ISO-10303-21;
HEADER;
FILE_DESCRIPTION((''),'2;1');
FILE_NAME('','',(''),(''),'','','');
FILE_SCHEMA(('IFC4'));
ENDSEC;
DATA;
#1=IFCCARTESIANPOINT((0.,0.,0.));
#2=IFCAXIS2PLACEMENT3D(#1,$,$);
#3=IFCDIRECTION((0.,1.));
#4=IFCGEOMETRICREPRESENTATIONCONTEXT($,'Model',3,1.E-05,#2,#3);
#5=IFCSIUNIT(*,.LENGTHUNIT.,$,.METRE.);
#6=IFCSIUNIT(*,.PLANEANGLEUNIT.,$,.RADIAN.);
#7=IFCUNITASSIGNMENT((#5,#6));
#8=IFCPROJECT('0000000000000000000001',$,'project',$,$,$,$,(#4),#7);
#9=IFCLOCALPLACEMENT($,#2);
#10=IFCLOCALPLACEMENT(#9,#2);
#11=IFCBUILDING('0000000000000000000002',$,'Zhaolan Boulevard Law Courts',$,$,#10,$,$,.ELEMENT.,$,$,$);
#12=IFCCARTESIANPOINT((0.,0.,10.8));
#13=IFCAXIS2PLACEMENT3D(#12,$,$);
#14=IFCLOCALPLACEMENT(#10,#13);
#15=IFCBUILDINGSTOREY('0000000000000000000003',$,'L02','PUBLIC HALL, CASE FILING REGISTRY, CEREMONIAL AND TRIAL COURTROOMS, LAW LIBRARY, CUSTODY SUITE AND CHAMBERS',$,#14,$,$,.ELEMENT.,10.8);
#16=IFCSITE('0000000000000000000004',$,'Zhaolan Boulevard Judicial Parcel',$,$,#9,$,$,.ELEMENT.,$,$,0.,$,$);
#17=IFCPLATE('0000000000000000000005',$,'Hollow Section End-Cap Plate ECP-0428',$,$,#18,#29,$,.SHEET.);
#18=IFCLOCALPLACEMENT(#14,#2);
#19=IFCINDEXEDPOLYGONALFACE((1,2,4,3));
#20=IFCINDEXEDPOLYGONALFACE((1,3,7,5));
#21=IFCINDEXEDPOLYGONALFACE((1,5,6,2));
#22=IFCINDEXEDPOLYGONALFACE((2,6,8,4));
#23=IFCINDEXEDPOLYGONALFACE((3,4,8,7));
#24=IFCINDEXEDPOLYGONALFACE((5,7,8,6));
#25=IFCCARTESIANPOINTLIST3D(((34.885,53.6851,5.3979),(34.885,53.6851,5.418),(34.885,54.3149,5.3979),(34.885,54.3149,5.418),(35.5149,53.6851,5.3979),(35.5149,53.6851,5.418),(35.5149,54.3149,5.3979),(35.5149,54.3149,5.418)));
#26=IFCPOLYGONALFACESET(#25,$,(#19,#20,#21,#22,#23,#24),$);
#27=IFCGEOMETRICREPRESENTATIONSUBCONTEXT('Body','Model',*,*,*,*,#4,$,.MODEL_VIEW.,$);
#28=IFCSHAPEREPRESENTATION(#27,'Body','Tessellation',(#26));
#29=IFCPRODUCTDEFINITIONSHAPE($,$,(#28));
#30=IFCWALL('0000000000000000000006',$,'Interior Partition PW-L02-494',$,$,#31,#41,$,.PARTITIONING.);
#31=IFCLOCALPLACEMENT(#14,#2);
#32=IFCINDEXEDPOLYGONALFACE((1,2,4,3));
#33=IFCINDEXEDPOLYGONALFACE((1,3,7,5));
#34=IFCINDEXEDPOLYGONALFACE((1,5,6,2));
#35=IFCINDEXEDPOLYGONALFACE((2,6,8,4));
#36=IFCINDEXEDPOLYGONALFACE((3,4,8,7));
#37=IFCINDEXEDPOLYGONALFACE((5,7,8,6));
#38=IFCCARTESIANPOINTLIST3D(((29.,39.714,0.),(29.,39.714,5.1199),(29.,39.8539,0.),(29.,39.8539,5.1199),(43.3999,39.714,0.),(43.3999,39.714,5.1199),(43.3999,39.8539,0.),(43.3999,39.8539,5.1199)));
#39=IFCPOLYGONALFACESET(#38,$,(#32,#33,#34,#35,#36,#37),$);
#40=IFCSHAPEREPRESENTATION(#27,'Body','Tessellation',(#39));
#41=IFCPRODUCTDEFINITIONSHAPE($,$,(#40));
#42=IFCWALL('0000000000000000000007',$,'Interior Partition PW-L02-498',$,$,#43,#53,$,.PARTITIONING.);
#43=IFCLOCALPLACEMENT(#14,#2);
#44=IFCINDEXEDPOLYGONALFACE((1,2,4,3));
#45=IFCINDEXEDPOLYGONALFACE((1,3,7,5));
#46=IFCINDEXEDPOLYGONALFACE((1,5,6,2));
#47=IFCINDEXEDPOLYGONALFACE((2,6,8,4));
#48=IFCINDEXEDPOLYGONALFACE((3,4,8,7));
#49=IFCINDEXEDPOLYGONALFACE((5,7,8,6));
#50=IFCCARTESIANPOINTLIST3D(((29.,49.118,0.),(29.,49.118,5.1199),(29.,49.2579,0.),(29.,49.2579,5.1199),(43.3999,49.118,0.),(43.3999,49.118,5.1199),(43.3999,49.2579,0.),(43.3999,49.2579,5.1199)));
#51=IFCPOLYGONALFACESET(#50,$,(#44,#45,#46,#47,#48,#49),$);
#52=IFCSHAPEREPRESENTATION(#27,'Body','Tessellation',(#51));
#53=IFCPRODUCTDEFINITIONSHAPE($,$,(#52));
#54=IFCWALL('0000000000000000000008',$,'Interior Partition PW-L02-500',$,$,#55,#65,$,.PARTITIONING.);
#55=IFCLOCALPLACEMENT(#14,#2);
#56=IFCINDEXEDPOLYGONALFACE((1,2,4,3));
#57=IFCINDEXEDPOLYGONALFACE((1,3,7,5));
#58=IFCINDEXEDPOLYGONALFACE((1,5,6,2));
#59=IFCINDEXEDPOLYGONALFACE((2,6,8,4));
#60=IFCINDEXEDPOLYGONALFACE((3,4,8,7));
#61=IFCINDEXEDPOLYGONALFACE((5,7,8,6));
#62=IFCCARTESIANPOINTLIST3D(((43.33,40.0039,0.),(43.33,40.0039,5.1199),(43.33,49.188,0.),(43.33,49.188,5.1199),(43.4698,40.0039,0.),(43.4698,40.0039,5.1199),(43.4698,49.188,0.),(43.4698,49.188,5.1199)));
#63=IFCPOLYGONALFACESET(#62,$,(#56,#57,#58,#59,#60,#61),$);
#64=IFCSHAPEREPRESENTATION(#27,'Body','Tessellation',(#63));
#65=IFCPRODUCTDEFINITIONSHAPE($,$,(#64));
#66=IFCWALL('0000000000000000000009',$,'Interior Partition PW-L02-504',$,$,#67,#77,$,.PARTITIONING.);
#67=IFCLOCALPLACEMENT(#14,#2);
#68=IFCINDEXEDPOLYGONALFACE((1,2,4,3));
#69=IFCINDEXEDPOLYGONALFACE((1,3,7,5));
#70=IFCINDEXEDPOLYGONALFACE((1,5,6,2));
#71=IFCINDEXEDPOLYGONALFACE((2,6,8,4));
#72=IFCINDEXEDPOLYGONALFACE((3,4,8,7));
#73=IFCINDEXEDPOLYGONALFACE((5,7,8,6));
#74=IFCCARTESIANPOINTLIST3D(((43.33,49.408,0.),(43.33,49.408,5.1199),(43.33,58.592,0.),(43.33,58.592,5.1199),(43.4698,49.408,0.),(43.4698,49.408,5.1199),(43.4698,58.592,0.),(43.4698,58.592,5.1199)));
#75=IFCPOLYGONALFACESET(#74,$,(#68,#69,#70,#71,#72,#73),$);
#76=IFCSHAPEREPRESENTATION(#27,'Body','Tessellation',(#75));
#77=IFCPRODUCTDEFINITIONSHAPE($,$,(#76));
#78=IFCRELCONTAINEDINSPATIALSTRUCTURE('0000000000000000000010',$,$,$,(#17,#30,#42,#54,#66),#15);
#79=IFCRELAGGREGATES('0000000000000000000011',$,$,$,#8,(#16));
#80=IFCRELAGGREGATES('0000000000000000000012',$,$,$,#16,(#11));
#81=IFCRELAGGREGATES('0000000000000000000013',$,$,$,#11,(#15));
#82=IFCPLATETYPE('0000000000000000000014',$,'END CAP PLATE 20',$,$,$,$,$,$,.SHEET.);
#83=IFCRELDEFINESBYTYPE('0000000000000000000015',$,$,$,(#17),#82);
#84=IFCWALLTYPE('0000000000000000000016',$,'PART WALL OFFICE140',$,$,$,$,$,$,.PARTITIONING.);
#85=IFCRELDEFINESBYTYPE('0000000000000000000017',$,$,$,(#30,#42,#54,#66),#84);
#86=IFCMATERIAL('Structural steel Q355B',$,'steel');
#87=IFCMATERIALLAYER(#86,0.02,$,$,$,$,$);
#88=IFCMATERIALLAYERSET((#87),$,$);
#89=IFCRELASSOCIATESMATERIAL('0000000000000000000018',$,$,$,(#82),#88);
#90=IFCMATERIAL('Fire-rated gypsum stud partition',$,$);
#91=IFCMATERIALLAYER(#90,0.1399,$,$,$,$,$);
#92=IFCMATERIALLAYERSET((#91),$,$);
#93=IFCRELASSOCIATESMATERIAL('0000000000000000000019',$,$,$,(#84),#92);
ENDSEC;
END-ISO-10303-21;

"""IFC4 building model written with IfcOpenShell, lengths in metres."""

from ifc_helpers import new_model, si_unit, direction, frame, frame_2d, origin, origin_2d, place, context, subcontext, project, spatial, rectangle, extrude, material, layer, layer_set, type_object, element, save


model = new_model("IFC4")

# Units and contexts
model_context = context("Model", 3, precision=1e-05, world=origin(), true_north=direction((0.0, 1.0)))
body_context = subcontext(model_context, "Body", "Model", "MODEL_VIEW")
ifc_project = project(units=[si_unit("LENGTHUNIT", "METRE"), si_unit("PLANEANGLEUNIT", "RADIAN")], contexts=[model_context])

# Site, building, storey
site_placement = place(None, origin())
site = spatial("IfcSite", under=ifc_project, at=site_placement, Name="Zhaolan Boulevard Judicial Parcel", CompositionType="ELEMENT", RefElevation=0.0)
building_placement = place(site_placement, origin())
building = spatial("IfcBuilding", under=site, at=building_placement, Name="Zhaolan Boulevard Law Courts", CompositionType="ELEMENT")
storey_placement = place(building_placement, frame((0.0, 0.0, 10.8)))
storey = spatial("IfcBuildingStorey", under=building, at=storey_placement, Name="L02", Description="PUBLIC HALL, CASE FILING REGISTRY, CEREMONIAL AND TRIAL COURTROOMS, LAW LIBRARY, CUSTODY SUITE AND CHAMBERS", CompositionType="ELEMENT", Elevation=10.8)

# Plate
ifc_material_1 = material(Name="Structural steel Q355B", Category="steel")
ifc_layer_1 = layer(ifc_material_1, 0.02)
ifc_layer_set_1 = layer_set([ifc_layer_1])
plate_type = type_object("IfcPlateType", Name="END CAP PLATE 20", PredefinedType="SHEET", material=ifc_layer_set_1)
for number, where, z_axis, x_axis, name in (
    (1, (35.2, 54.0, 5.3979), (0.0, 0.0, 1.0), (1.0, 0.0, 0.0), "Hollow Section End-Cap Plate ECP-0428"),
):
    element("IfcPlate", number, at=place(storey_placement, frame(where, z_axis=z_axis, x_axis=x_axis)), inside=storey, type_object=plate_type, Name=name, PredefinedType="SHEET", context=body_context, shape_type="SweptSolid", body=[
        extrude(rectangle(XDim=0.6299, YDim=0.6299, at=origin_2d()), origin(), (0.0, 0.0, 1.0), 0.02),
    ])

# Walls
ifc_material_2 = material(Name="Fire-rated gypsum stud partition")
ifc_layer_2 = layer(ifc_material_2, 0.1399)
ifc_layer_set_2 = layer_set([ifc_layer_2])
wall_type = type_object("IfcWallType", Name="PART WALL OFFICE140", PredefinedType="PARTITIONING", material=ifc_layer_set_2)
for number, where, z_axis, x_axis, name in (
    (2, (43.3999, 39.7839, 0.0), (0.0, 0.0, 1.0), (-1.0, 0.0, 0.0), "Interior Partition PW-L02-494"),
    (3, (43.3999, 49.188, 0.0), (0.0, 0.0, 1.0), (-1.0, 0.0, 0.0), "Interior Partition PW-L02-498"),
):
    element("IfcWall", number, at=place(storey_placement, frame(where, z_axis=z_axis, x_axis=x_axis)), inside=storey, type_object=wall_type, Name=name, PredefinedType="PARTITIONING", context=body_context, shape_type="SweptSolid", body=[
        extrude(rectangle(XDim=14.3999, YDim=0.1399, at=frame_2d((7.2, 0.0))), origin(), (0.0, 0.0, 1.0), 5.1199),
    ])
for number, where, z_axis, x_axis, name in (
    (4, (43.3999, 40.0039, 0.0), (0.0, 0.0, 1.0), (0.0, 1.0, 0.0), "Interior Partition PW-L02-500"),
    (5, (43.3999, 49.408, 0.0), (0.0, 0.0, 1.0), (0.0, 1.0, 0.0), "Interior Partition PW-L02-504"),
):
    element("IfcWall", number, at=place(storey_placement, frame(where, z_axis=z_axis, x_axis=x_axis)), inside=storey, type_object=wall_type, Name=name, PredefinedType="PARTITIONING", context=body_context, shape_type="SweptSolid", body=[
        extrude(rectangle(XDim=9.1841, YDim=0.1399, at=frame_2d((4.592, 0.0))), origin(), (0.0, 0.0, 1.0), 5.1199),
    ])

save(model, "model.ifc")
